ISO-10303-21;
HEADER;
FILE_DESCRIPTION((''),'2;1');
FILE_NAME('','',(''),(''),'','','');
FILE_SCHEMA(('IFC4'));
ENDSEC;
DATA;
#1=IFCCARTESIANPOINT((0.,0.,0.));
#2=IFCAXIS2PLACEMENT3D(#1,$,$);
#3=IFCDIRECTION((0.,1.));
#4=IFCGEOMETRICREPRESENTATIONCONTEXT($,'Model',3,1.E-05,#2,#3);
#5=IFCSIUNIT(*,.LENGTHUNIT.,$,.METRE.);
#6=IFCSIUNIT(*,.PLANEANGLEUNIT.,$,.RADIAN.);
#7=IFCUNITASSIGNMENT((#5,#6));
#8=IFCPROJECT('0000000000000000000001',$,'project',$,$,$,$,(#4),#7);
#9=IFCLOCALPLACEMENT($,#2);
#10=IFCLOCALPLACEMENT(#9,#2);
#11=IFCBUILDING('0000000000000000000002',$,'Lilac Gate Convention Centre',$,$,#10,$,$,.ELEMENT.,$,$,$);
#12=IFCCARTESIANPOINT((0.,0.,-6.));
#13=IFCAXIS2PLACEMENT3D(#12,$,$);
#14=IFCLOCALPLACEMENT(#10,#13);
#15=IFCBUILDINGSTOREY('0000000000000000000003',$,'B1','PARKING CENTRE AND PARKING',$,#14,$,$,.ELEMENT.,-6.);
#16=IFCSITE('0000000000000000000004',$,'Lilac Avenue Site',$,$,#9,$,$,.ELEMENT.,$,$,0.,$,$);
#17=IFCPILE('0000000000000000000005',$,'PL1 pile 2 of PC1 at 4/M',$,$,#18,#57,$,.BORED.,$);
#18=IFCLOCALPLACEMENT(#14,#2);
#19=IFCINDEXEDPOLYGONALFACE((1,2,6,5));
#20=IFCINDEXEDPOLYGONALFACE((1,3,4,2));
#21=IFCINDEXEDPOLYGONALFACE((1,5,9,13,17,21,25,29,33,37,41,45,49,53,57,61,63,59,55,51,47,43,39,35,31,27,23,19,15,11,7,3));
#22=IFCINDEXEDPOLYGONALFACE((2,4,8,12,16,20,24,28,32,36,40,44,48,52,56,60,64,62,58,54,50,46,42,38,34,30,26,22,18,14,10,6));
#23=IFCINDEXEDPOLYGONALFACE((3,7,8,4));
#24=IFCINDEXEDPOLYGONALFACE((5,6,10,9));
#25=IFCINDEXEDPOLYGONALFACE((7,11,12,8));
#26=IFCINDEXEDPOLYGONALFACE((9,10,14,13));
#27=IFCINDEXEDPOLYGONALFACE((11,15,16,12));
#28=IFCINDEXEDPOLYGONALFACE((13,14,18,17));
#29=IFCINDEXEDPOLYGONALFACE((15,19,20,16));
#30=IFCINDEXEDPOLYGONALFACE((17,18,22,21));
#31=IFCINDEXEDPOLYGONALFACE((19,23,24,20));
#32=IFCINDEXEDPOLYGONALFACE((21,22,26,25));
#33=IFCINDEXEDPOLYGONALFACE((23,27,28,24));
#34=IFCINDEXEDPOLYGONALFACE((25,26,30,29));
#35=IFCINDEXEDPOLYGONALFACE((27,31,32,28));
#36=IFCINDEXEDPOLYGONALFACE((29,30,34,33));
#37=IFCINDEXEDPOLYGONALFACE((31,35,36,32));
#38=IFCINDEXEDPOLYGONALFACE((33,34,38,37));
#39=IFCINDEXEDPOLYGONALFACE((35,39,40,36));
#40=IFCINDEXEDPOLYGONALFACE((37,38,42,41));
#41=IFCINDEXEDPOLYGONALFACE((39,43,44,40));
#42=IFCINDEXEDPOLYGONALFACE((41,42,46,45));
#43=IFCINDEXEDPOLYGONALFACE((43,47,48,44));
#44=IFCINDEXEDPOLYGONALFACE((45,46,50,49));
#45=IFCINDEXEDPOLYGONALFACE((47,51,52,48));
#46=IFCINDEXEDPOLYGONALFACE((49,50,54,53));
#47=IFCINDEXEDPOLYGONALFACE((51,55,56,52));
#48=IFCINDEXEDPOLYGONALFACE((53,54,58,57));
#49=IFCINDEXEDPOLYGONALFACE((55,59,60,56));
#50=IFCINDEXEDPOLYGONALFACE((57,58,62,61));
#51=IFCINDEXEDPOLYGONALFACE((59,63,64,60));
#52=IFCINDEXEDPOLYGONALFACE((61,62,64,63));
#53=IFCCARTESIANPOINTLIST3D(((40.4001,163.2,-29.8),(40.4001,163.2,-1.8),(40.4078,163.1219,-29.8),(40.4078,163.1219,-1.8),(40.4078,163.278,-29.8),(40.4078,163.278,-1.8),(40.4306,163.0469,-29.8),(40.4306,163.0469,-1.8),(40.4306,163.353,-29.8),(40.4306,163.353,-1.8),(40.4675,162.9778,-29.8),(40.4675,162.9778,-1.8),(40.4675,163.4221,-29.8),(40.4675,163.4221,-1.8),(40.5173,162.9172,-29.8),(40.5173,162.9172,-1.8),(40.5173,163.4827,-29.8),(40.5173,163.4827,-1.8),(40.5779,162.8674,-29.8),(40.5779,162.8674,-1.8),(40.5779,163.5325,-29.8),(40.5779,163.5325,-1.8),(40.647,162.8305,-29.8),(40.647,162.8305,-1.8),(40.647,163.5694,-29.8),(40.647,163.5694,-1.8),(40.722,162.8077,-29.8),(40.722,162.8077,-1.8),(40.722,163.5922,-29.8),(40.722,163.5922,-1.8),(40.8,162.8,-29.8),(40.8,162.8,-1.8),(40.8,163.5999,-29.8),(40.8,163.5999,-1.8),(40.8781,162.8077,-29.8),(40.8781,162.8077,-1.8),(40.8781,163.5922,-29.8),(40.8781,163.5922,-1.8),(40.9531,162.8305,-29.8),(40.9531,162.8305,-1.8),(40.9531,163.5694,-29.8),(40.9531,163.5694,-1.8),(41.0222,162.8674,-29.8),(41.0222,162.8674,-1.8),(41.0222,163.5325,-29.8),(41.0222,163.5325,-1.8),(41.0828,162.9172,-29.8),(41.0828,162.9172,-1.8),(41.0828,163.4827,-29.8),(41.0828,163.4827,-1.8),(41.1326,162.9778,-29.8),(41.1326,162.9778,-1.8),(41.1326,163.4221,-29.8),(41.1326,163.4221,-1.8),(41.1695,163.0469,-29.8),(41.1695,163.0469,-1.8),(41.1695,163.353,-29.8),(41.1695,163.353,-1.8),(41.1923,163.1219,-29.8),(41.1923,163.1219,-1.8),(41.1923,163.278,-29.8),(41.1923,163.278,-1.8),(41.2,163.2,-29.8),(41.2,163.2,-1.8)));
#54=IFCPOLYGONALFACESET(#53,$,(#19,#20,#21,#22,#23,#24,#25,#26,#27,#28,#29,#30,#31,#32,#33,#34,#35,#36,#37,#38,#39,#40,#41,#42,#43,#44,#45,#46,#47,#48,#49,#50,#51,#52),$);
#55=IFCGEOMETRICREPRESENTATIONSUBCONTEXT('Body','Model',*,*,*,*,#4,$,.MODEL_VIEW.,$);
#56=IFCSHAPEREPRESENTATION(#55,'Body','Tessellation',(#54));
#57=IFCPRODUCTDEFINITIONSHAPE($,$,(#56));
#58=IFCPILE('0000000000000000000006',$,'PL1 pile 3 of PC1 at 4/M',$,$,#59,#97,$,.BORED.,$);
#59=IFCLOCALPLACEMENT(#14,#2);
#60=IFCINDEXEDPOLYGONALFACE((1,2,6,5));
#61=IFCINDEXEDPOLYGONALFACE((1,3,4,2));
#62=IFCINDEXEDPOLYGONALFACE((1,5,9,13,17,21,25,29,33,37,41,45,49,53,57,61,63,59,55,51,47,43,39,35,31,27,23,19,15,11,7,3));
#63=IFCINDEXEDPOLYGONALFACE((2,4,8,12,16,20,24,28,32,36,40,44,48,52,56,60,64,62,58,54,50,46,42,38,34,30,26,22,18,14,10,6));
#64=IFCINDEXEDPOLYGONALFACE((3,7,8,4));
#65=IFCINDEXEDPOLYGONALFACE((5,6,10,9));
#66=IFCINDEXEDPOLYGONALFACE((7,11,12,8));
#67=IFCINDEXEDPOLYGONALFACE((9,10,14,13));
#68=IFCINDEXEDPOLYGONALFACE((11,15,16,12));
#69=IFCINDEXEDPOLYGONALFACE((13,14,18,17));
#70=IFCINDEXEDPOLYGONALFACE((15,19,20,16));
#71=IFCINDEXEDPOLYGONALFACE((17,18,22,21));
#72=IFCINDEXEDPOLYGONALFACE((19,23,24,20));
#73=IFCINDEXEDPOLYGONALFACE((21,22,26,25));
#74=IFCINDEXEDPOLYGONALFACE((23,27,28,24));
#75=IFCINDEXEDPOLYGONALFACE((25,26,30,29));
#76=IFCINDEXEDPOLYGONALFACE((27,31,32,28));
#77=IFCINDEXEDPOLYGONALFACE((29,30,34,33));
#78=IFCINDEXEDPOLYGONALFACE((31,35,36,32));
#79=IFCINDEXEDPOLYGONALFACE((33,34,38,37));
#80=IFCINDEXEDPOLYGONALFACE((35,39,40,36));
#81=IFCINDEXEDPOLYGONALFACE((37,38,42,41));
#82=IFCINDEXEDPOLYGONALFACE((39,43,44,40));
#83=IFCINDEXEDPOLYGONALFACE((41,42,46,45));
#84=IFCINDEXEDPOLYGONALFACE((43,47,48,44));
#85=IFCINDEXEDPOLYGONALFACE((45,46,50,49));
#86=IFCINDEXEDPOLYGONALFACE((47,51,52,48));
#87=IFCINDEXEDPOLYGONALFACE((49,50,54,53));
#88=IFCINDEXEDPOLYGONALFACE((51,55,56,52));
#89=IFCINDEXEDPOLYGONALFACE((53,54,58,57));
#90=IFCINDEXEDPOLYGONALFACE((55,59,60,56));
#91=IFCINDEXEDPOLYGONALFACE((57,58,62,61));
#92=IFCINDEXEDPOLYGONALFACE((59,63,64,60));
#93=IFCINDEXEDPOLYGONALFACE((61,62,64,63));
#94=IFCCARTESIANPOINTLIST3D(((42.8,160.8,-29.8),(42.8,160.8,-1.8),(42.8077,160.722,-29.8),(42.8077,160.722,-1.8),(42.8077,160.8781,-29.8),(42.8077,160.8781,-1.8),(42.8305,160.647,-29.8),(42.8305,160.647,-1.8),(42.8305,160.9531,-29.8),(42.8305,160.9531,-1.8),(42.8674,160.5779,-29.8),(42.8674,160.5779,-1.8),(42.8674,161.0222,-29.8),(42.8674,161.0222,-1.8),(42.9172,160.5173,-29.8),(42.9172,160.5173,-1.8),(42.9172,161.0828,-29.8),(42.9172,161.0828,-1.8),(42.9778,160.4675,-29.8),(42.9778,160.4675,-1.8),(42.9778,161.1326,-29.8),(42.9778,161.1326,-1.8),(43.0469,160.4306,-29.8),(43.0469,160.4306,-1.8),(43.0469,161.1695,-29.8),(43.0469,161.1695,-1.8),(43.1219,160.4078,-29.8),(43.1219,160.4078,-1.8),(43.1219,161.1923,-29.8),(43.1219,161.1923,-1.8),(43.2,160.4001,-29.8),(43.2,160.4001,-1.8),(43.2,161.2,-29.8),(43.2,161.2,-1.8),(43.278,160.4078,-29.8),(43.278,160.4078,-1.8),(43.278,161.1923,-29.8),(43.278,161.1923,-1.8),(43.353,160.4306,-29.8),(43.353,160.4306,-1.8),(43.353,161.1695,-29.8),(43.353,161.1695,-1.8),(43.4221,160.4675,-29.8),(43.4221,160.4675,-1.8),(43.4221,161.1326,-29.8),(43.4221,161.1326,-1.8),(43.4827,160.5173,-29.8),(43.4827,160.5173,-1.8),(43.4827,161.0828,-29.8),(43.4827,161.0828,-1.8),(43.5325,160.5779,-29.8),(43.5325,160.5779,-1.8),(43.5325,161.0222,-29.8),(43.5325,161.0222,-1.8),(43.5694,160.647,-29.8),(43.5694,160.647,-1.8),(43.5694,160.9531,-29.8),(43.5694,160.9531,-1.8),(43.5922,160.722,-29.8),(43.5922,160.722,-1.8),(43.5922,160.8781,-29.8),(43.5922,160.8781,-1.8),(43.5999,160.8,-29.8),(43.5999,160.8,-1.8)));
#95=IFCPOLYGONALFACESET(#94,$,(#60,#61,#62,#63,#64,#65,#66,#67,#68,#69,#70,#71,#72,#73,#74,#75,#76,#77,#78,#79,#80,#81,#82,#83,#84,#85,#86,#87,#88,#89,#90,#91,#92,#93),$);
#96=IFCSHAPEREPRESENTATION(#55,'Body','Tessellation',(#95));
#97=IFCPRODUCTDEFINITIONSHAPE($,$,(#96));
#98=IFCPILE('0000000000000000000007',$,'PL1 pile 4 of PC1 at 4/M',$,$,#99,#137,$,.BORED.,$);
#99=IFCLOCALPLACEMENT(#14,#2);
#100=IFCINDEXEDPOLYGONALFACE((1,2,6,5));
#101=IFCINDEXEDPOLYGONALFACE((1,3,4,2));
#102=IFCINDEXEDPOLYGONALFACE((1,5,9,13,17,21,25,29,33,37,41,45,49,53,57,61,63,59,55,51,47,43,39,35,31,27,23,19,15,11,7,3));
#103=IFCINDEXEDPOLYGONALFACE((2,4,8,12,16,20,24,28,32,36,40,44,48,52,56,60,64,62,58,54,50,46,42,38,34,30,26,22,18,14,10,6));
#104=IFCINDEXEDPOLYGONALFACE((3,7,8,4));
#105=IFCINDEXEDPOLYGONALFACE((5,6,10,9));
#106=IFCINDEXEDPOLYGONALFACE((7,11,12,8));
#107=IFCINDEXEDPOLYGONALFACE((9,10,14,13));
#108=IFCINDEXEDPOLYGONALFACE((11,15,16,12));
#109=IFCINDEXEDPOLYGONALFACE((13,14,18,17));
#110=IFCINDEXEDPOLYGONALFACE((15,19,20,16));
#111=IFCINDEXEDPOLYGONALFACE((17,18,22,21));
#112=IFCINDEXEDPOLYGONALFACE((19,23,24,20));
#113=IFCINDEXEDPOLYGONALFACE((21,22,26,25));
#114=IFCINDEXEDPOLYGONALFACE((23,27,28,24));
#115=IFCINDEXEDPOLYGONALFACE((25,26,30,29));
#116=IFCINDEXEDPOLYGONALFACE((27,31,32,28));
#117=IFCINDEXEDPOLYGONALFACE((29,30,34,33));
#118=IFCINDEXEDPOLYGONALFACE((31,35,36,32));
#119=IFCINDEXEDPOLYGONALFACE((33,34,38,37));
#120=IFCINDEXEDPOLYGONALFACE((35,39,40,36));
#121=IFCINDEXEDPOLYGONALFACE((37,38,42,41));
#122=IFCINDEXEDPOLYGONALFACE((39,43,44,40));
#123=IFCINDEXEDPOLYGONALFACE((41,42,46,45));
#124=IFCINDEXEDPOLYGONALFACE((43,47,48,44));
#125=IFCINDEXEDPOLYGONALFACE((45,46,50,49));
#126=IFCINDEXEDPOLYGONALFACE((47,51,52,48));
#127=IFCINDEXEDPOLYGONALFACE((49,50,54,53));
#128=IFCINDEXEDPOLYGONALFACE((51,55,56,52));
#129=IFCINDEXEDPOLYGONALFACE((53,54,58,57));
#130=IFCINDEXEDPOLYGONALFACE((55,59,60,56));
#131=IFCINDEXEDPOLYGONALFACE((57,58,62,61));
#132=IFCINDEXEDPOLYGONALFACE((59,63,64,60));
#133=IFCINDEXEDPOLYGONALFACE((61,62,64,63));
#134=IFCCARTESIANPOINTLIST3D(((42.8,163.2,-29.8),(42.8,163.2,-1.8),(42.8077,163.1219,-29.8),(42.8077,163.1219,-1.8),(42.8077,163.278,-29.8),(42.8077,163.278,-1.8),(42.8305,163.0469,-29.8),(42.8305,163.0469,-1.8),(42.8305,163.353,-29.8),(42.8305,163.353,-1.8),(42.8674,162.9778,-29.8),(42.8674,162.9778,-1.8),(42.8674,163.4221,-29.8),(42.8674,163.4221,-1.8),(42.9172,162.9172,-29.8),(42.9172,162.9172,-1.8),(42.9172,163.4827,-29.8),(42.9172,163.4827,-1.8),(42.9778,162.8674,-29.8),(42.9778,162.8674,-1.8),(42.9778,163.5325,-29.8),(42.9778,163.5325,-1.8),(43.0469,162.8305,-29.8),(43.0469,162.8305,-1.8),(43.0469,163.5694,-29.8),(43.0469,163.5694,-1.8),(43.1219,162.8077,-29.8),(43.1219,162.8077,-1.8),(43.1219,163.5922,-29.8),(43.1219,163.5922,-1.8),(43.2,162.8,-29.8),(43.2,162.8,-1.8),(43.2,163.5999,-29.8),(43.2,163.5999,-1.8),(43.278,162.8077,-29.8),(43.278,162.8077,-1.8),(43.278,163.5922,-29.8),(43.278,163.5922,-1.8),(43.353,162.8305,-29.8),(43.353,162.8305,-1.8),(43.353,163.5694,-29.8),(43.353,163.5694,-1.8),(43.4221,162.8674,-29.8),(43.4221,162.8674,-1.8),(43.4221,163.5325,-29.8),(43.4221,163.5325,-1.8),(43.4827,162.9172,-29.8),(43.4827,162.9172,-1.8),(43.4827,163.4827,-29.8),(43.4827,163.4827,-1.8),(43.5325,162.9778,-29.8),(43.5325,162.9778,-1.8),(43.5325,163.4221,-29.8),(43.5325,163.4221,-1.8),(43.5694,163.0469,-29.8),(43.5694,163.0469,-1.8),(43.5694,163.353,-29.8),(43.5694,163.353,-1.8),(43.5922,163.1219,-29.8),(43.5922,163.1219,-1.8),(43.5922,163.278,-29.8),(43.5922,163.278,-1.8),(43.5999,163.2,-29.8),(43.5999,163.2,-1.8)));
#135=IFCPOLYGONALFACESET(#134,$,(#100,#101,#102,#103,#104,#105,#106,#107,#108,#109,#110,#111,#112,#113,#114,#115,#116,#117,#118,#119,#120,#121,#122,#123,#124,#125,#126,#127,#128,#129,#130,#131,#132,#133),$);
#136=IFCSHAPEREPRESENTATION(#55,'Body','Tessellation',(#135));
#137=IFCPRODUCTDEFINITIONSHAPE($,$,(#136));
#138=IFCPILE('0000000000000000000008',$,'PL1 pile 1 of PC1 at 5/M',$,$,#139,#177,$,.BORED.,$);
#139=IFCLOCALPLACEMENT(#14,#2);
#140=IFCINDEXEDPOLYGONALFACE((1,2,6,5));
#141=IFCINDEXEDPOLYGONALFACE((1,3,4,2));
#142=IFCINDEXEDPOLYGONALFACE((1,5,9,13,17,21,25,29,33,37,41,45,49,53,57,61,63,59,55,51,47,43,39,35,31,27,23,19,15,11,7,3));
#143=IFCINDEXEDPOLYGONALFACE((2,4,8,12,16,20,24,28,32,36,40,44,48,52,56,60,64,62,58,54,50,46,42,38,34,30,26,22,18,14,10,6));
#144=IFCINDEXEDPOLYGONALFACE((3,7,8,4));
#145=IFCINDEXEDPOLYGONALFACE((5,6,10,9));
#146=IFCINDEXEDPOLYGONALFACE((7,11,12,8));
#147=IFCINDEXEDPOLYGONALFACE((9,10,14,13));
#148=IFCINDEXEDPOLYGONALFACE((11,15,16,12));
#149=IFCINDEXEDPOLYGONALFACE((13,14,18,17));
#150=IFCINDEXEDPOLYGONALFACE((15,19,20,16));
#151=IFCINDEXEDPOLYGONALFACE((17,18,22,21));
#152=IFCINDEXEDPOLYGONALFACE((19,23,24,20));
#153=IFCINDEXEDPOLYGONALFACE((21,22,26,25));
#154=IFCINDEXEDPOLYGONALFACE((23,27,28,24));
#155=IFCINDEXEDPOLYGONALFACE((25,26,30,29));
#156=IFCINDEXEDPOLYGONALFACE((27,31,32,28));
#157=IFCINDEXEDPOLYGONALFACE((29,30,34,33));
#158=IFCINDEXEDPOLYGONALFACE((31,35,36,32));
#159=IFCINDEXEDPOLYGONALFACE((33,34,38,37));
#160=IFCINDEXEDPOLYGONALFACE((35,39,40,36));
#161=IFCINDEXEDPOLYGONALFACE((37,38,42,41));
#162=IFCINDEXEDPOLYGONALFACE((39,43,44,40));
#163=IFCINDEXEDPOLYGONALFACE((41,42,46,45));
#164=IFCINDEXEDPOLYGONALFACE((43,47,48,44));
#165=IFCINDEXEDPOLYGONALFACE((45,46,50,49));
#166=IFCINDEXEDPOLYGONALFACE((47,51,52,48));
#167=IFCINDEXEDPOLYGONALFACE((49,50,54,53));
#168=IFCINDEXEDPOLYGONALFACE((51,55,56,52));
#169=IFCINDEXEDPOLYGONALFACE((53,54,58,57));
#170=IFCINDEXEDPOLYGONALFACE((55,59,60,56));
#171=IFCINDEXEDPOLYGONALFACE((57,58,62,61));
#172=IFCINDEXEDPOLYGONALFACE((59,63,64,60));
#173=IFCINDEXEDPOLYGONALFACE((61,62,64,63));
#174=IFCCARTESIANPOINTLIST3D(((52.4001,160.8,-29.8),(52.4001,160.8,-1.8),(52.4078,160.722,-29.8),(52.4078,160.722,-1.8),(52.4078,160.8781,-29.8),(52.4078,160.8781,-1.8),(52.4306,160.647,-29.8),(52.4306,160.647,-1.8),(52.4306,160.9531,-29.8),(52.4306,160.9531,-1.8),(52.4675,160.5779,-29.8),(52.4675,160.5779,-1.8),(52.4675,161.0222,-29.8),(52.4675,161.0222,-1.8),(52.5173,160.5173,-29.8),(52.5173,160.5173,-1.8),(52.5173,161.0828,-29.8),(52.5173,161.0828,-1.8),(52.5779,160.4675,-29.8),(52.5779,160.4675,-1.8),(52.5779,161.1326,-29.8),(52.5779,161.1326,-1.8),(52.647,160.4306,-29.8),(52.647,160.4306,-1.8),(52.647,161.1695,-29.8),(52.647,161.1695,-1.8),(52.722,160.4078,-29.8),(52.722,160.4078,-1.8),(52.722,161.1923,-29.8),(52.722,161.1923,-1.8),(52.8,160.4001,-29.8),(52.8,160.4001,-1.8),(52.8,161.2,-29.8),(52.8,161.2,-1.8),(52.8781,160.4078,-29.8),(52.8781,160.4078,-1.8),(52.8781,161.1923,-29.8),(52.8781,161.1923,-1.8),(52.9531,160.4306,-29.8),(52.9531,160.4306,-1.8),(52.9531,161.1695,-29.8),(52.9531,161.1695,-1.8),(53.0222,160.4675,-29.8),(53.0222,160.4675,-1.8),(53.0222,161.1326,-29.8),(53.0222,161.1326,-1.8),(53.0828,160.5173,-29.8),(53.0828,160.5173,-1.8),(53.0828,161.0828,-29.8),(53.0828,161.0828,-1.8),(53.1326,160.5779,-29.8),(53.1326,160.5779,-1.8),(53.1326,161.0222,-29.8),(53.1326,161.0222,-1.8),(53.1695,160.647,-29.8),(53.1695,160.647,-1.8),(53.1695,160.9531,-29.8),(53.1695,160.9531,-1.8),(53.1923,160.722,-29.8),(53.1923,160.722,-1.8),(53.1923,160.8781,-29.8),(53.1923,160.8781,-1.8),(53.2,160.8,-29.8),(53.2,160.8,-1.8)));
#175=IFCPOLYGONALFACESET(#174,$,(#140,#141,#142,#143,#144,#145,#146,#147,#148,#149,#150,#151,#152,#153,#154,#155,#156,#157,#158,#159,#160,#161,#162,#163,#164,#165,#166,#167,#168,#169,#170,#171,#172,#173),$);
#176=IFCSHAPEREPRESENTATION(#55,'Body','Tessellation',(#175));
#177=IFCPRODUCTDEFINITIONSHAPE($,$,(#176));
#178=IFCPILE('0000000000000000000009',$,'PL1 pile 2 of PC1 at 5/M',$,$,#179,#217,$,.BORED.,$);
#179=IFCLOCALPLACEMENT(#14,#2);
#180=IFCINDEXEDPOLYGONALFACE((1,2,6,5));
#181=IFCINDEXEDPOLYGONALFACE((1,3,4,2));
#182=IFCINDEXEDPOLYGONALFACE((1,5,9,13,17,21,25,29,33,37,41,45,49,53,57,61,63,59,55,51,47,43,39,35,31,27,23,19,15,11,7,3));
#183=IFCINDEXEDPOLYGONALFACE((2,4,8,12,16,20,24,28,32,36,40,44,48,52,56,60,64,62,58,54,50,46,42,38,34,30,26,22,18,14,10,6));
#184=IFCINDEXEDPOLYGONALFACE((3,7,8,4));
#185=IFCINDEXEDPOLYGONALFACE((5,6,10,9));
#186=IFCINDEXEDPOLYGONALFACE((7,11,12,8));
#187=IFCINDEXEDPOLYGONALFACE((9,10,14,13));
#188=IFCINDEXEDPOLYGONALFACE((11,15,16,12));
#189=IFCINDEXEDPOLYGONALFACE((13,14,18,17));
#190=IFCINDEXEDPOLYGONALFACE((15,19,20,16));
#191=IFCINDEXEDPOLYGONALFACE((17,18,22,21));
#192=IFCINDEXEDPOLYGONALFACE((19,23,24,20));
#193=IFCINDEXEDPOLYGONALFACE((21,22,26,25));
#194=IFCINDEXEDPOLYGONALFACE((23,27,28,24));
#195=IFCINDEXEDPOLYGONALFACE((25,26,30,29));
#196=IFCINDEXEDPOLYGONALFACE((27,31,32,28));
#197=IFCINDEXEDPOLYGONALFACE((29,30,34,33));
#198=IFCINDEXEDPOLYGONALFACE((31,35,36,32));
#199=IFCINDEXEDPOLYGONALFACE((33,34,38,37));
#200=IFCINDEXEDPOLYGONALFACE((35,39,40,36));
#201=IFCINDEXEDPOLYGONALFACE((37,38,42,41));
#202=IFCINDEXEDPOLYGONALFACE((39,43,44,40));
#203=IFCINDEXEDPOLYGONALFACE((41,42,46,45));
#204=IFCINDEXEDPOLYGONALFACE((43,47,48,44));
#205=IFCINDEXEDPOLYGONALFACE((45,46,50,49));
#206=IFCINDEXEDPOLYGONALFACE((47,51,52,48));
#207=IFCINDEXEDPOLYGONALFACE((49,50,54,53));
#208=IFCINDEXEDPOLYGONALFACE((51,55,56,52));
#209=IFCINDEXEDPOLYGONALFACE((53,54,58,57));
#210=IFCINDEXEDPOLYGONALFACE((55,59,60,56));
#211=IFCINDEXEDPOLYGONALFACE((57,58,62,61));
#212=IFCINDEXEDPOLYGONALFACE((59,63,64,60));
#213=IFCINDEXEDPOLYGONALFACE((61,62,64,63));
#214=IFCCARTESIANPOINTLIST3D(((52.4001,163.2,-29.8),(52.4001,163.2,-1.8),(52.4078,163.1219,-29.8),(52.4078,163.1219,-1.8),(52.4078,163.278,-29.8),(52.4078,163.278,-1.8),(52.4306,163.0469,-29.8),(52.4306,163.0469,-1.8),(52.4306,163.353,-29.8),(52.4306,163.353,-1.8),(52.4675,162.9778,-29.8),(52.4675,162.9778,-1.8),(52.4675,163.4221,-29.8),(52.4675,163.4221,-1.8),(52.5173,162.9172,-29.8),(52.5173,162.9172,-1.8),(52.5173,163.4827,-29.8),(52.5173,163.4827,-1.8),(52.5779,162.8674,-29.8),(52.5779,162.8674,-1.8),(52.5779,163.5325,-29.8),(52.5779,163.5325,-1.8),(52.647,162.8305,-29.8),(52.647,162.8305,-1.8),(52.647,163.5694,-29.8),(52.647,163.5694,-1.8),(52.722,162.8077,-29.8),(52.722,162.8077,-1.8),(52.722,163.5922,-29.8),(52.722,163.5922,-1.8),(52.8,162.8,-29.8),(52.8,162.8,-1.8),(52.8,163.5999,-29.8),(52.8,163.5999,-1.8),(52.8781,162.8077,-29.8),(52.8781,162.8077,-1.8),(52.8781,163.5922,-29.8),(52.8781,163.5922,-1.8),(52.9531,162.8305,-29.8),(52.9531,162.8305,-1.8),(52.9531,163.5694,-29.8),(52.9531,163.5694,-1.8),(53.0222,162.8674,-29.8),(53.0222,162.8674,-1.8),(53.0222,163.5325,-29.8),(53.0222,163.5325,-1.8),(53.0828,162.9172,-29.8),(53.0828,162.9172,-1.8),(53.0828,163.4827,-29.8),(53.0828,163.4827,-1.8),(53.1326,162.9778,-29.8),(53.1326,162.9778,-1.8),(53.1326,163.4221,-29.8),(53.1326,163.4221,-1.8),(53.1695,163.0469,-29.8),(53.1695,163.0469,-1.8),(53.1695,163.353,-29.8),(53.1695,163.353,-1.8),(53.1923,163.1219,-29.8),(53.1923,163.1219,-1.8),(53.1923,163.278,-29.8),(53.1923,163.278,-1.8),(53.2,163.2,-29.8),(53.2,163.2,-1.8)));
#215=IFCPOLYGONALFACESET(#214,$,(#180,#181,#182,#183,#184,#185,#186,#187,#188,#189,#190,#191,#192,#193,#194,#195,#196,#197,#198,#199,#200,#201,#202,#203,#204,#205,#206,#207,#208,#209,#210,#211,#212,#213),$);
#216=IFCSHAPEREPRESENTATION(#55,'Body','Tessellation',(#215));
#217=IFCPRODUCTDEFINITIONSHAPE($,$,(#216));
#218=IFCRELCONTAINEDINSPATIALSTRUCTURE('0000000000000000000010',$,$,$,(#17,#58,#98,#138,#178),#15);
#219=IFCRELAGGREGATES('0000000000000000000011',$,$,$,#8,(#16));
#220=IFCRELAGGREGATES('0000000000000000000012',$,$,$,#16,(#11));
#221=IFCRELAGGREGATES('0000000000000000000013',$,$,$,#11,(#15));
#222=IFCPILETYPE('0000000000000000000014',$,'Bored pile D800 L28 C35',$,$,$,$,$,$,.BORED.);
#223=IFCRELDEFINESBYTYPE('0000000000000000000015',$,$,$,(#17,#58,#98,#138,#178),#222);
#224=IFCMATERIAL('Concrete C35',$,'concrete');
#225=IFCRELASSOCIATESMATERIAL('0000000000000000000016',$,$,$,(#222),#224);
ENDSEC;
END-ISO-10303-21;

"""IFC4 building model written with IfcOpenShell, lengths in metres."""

from ifc_helpers import new_model, si_unit, direction, frame, origin, origin_2d, place, context, subcontext, project, spatial, circle, extrude, material, material_profile, profile_set, type_object, element, save


model = new_model("IFC4")

# Units and contexts
model_context = context("Model", 3, precision=1e-05, world=origin(), true_north=direction((0.0, 1.0)))
body_context = subcontext(model_context, "Body", "Model", "MODEL_VIEW")
ifc_project = project(units=[si_unit("LENGTHUNIT", "METRE"), si_unit("PLANEANGLEUNIT", "RADIAN")], contexts=[model_context])

# Site, building, storey
site_placement = place(None, origin())
site = spatial("IfcSite", under=ifc_project, at=site_placement, Name="Lilac Avenue Site", CompositionType="ELEMENT", RefElevation=0.0)
building_placement = place(site_placement, origin())
building = spatial("IfcBuilding", under=site, at=building_placement, Name="Lilac Gate Convention Centre", CompositionType="ELEMENT")
storey_placement = place(building_placement, frame((0.0, 0.0, -6.0)))
storey = spatial("IfcBuildingStorey", under=building, at=storey_placement, Name="B1", Description="PARKING CENTRE AND PARKING", CompositionType="ELEMENT", Elevation=-6.0)

# Piles
ifc_material_1 = material(Name="Concrete C35", Category="concrete")
ifc_material_profile_1 = material_profile(ifc_material_1, circle(Radius=0.3999, at=origin_2d()), Name="D800")
ifc_profile_set_1 = profile_set([ifc_material_profile_1], Name="Concrete C35")
pile_type = type_object("IfcPileType", Name="Bored pile D800 L28 C35", PredefinedType="BORED", material=ifc_profile_set_1)
for number, where, z_axis, x_axis, name in (
    (1, (40.8, 163.2, -1.8), (0.0, 0.0, -1.0), (1.0, 0.0, 0.0), "PL1 pile 2 of PC1 at 4/M"),
    (2, (43.2, 160.8, -1.8), (0.0, 0.0, -1.0), (1.0, 0.0, 0.0), "PL1 pile 3 of PC1 at 4/M"),
    (3, (43.2, 163.2, -1.8), (0.0, 0.0, -1.0), (1.0, 0.0, 0.0), "PL1 pile 4 of PC1 at 4/M"),
    (4, (52.8, 160.8, -1.8), (0.0, 0.0, -1.0), (1.0, 0.0, 0.0), "PL1 pile 1 of PC1 at 5/M"),
    (5, (52.8, 163.2, -1.8), (0.0, 0.0, -1.0), (1.0, 0.0, 0.0), "PL1 pile 2 of PC1 at 5/M"),
):
    element("IfcPile", number, at=place(storey_placement, frame(where, z_axis=z_axis, x_axis=x_axis)), inside=storey, type_object=pile_type, Name=name, PredefinedType="BORED", context=body_context, shape_type="SweptSolid", body=[
        extrude(circle(Radius=0.3999, at=origin_2d()), origin(), (0.0, 0.0, 1.0), 28.0),
    ])

save(model, "model.ifc")
